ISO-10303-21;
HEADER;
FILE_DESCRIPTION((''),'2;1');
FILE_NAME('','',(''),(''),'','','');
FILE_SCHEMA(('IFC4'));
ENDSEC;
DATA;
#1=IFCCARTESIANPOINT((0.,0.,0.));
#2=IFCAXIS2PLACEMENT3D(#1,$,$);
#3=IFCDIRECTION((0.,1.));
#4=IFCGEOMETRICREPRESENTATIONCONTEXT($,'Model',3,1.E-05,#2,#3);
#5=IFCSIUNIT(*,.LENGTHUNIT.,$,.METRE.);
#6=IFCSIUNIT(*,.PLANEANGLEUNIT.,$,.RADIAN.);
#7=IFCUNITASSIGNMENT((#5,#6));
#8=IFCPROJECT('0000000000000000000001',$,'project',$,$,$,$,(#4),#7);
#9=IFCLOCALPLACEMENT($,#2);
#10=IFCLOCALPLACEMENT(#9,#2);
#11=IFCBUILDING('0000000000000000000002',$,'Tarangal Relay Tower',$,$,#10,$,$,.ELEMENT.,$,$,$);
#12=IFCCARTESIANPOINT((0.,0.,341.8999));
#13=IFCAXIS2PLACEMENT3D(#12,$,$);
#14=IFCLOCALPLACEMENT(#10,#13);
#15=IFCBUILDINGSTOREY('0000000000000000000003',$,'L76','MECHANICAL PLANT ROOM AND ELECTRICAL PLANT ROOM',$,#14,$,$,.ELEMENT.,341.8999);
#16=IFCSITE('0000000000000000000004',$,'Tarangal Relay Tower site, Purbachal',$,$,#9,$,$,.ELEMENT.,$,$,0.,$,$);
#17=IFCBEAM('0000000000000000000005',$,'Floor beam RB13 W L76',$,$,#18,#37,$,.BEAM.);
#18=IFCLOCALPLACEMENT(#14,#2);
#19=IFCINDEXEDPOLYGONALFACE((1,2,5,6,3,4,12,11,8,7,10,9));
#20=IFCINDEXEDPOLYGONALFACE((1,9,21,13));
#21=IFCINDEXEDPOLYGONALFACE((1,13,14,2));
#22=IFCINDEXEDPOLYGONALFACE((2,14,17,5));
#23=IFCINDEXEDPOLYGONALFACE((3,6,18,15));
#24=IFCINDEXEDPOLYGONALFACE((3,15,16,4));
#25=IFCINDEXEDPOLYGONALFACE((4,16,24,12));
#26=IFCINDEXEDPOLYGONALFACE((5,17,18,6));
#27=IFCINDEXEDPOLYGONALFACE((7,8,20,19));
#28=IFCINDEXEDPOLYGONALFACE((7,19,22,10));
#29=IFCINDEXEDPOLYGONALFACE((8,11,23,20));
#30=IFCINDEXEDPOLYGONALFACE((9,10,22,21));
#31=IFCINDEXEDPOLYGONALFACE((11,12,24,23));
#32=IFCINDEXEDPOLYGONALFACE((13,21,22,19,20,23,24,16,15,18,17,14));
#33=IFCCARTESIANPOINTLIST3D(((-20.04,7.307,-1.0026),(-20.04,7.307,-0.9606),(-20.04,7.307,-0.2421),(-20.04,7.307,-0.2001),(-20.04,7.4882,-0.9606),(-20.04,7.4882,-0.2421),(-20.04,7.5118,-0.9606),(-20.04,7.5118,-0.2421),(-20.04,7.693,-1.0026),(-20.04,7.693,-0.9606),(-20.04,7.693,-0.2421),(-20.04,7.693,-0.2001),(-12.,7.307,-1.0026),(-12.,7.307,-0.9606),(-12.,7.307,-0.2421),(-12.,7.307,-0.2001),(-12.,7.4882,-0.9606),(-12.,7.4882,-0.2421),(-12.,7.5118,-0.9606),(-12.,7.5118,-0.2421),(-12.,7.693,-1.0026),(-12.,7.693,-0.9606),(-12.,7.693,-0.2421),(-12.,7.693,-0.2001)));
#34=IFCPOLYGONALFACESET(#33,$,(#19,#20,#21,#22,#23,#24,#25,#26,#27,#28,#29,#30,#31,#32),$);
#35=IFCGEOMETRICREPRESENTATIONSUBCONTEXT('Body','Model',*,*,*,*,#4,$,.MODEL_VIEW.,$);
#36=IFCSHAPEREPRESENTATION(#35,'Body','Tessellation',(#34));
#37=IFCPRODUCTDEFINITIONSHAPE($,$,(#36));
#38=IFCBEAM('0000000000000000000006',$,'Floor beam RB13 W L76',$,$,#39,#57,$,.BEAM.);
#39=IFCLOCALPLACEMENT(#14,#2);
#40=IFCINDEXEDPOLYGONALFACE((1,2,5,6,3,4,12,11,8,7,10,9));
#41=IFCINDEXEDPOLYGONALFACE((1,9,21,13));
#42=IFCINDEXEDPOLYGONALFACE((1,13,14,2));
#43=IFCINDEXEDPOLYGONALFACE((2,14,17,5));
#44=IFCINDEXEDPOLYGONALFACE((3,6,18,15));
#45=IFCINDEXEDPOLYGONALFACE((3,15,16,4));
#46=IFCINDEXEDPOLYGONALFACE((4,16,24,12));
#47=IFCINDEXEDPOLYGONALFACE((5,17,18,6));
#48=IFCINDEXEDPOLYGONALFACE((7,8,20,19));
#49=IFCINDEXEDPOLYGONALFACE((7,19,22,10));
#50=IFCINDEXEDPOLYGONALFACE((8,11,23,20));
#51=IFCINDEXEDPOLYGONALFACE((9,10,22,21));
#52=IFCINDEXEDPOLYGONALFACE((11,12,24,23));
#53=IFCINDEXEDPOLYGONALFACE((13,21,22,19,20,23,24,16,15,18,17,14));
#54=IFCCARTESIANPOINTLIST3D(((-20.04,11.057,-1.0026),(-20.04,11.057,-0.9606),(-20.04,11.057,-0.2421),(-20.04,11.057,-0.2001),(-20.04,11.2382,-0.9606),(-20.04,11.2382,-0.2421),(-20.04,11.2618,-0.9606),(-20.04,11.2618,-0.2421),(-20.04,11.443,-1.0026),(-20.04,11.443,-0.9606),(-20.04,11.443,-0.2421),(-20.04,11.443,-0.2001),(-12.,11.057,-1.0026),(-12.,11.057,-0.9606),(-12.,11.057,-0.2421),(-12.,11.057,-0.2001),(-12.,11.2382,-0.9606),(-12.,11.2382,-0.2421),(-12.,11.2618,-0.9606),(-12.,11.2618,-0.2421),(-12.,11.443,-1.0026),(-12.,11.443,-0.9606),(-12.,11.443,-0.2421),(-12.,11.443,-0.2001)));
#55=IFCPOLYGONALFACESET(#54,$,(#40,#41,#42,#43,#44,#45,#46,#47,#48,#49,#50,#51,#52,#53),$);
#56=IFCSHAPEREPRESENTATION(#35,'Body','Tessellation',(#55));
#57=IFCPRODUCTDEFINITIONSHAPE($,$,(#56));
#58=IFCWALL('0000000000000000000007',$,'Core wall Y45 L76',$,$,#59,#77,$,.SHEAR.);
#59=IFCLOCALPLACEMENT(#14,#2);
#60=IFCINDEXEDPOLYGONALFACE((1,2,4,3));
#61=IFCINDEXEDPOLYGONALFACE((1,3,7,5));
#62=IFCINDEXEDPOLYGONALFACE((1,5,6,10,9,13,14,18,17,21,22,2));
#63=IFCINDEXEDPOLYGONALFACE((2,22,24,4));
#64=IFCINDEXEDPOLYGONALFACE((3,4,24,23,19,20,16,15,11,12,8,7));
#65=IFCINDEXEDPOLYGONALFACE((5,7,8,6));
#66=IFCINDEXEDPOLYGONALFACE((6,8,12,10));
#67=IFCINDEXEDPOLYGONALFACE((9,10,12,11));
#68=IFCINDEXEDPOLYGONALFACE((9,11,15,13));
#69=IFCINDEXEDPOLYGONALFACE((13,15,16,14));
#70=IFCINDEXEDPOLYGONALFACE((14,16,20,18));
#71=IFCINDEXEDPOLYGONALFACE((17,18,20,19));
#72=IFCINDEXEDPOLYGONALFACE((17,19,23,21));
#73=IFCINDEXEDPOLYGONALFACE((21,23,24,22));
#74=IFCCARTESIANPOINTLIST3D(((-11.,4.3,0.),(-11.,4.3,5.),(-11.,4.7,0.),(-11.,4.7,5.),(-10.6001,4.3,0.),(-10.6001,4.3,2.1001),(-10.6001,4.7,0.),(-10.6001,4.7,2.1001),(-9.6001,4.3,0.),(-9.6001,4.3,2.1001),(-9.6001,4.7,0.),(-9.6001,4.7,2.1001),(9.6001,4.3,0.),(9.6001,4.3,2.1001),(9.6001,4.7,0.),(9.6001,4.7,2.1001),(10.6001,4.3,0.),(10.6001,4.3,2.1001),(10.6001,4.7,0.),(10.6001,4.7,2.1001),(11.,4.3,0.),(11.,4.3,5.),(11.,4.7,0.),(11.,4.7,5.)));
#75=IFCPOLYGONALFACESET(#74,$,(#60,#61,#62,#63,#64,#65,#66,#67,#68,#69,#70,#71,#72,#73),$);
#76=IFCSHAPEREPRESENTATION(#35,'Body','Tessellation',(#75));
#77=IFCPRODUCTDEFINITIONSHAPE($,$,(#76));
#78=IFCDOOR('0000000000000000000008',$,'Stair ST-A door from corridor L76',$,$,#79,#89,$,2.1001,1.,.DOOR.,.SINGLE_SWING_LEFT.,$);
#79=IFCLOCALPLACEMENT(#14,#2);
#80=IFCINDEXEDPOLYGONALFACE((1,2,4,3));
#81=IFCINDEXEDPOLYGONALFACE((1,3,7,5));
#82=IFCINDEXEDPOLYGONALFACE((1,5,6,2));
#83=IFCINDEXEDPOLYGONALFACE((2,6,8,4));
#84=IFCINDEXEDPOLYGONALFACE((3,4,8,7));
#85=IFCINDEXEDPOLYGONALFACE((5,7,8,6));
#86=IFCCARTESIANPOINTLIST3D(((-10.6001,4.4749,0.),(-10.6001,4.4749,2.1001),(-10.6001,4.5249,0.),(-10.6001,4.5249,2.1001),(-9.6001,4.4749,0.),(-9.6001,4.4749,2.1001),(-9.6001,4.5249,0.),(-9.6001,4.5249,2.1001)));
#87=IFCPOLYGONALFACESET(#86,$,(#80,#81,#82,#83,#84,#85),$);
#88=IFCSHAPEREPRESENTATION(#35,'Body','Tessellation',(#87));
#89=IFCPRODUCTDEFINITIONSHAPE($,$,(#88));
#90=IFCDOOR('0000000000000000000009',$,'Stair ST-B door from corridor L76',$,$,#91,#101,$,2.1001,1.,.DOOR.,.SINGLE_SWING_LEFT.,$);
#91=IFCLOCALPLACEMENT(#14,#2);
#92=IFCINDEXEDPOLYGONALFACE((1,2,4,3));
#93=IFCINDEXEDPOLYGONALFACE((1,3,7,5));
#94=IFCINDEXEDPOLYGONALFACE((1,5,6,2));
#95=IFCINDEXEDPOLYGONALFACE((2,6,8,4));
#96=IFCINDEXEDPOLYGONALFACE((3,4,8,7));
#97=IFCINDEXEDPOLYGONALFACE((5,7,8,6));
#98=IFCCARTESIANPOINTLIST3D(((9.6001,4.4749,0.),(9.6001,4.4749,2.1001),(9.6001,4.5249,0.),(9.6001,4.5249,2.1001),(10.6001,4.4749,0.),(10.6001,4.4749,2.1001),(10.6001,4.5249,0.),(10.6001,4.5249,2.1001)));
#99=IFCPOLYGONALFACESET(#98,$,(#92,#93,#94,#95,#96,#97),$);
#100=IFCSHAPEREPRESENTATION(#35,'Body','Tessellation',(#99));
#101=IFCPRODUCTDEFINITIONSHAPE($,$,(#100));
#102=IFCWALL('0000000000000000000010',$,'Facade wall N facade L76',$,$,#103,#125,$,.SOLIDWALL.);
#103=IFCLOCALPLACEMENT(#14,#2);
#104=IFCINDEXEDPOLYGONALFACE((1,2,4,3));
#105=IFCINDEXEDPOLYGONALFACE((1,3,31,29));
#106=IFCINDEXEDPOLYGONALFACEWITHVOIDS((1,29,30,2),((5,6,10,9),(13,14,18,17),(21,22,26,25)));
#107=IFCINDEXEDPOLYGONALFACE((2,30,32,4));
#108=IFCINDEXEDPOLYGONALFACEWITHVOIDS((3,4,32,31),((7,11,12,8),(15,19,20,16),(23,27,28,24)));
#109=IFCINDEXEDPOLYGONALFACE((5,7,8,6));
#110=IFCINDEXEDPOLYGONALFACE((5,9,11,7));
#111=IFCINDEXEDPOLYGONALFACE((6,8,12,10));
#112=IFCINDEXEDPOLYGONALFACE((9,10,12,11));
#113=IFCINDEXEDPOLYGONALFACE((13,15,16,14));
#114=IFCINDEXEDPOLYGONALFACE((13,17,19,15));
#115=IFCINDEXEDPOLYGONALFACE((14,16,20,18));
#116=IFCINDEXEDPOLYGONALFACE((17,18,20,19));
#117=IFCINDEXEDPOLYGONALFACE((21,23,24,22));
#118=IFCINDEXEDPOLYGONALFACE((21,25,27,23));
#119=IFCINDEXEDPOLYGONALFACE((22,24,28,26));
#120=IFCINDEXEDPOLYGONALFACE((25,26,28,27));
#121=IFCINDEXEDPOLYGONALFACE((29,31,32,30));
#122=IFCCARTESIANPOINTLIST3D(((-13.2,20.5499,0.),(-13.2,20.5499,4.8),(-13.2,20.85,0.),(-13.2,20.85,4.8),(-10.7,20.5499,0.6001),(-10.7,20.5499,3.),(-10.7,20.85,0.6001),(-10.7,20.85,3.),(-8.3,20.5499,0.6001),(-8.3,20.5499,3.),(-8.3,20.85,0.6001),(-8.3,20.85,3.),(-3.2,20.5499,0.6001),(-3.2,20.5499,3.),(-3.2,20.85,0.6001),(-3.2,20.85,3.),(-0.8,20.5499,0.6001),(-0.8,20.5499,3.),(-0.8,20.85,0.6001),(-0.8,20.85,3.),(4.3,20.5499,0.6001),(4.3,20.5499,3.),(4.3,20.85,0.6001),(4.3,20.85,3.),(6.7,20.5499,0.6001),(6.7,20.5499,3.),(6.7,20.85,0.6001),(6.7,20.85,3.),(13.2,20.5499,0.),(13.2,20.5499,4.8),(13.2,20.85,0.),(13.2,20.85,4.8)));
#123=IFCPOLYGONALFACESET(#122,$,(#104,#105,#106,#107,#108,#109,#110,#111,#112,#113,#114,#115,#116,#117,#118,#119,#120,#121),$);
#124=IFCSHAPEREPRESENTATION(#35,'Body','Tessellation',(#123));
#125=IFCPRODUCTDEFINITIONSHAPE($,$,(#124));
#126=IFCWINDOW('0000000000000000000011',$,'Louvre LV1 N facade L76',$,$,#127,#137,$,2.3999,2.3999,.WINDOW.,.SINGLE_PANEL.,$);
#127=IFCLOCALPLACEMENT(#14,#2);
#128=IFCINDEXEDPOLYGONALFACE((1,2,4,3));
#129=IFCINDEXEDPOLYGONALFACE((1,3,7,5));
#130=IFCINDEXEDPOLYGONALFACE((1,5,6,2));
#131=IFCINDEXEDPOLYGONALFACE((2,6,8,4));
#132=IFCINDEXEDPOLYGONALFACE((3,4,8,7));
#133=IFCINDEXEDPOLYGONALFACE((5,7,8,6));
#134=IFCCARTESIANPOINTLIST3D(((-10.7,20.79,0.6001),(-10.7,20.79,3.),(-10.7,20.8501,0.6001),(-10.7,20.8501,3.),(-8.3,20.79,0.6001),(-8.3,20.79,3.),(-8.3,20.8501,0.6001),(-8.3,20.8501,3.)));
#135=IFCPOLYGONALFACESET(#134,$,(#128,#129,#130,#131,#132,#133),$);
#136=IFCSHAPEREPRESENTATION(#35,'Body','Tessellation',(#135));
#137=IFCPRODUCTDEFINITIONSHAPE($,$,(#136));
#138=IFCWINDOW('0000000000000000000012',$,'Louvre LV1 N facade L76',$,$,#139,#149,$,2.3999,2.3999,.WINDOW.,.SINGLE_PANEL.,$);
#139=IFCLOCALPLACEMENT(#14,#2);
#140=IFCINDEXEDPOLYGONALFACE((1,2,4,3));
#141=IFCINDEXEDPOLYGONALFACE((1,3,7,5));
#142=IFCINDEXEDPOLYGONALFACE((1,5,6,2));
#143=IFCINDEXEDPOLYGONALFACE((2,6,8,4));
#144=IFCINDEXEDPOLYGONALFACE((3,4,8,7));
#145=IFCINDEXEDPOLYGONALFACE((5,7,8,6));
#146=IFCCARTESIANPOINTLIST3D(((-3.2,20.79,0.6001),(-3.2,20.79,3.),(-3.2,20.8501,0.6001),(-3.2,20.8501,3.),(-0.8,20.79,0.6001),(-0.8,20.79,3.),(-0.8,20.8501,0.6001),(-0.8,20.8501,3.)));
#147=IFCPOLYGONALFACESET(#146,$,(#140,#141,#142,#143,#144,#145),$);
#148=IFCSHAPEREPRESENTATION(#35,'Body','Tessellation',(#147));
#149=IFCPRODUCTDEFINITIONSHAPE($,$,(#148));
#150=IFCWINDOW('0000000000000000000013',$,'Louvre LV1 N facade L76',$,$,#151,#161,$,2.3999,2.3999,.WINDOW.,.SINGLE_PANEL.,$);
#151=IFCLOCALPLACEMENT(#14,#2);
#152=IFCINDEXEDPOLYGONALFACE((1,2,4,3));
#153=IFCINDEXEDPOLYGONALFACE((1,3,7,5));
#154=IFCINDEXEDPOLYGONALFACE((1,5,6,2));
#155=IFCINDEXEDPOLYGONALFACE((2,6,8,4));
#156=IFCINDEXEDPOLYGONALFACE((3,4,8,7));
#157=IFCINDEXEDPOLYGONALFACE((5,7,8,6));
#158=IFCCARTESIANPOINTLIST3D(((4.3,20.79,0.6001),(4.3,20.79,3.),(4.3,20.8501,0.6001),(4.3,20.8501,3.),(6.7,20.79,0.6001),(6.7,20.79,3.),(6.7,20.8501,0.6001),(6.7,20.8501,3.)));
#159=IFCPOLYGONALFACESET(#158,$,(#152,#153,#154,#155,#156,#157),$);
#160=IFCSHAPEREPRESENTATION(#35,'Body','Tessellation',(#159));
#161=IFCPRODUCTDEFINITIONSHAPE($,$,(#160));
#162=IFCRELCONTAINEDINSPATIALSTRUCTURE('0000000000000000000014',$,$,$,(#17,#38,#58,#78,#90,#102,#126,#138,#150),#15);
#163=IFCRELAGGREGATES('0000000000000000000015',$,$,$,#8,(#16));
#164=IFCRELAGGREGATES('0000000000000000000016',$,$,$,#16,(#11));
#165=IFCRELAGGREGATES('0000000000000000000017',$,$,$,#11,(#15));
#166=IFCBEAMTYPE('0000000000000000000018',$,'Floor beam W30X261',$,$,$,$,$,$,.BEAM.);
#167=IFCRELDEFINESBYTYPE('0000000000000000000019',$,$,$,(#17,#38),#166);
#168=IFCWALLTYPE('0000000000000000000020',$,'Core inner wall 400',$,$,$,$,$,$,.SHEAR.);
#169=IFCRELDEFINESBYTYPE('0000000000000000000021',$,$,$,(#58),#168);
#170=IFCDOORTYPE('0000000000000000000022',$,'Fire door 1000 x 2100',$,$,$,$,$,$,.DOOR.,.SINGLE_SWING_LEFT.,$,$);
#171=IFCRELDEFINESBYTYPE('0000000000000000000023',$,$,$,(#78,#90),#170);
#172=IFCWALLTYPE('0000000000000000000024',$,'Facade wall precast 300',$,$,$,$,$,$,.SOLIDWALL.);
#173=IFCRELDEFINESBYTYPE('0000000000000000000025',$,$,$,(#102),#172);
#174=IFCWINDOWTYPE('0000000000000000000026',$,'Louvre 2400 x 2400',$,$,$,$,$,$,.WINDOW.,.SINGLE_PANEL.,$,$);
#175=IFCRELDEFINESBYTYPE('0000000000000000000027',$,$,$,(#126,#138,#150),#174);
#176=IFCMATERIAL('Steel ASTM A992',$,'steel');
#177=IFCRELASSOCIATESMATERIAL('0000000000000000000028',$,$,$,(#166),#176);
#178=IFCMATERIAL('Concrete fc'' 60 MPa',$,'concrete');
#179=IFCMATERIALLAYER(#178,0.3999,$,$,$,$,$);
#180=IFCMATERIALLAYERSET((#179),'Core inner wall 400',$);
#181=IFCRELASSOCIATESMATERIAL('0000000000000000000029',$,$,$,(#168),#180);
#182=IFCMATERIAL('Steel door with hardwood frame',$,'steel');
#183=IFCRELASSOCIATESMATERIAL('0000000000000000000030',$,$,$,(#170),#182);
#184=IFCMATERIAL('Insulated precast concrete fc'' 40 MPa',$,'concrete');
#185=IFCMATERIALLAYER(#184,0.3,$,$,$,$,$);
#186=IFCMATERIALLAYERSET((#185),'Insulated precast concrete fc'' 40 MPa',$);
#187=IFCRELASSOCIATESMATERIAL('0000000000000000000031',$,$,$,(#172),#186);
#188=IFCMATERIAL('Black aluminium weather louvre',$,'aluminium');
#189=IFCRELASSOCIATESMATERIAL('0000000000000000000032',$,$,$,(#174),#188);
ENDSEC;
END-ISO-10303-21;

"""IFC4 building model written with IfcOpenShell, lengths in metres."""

from ifc_helpers import new_model, si_unit, direction, frame, frame_2d, origin, origin_2d, place, context, subcontext, project, spatial, rectangle, i_section, extrude, material, layer, layer_set, material_profile, profile_set, type_object, element, fill, save


model = new_model("IFC4")

# Units and contexts
model_context = context("Model", 3, precision=1e-05, world=origin(), true_north=direction((0.0, 1.0)))
body_context = subcontext(model_context, "Body", "Model", "MODEL_VIEW")
ifc_project = project(units=[si_unit("LENGTHUNIT", "METRE"), si_unit("PLANEANGLEUNIT", "RADIAN")], contexts=[model_context])

# Site, building, storey
site_placement = place(None, origin())
site = spatial("IfcSite", under=ifc_project, at=site_placement, Name="Tarangal Relay Tower site, Purbachal", CompositionType="ELEMENT", RefElevation=0.0)
building_placement = place(site_placement, origin())
building = spatial("IfcBuilding", under=site, at=building_placement, Name="Tarangal Relay Tower", CompositionType="ELEMENT")
storey_placement = place(building_placement, frame((0.0, 0.0, 341.8999)))
storey = spatial("IfcBuildingStorey", under=building, at=storey_placement, Name="L76", Description="MECHANICAL PLANT ROOM AND ELECTRICAL PLANT ROOM", CompositionType="ELEMENT", Elevation=341.8999)

# Beams
ifc_material_1 = material(Name="Steel ASTM A992", Category="steel")
ifc_material_profile_1 = material_profile(ifc_material_1, i_section(OverallWidth=0.386, OverallDepth=0.8025, WebThickness=0.0237, FlangeThickness=0.042, at=origin_2d()), Name="W30X261")
ifc_profile_set_1 = profile_set([ifc_material_profile_1], Name="Steel ASTM A992")
beam_type_1 = type_object("IfcBeamType", Name="Floor beam W30X261", PredefinedType="BEAM", material=ifc_profile_set_1)
for number, where, z_axis, x_axis, name in (
    (1, (-12.0, 7.5, -0.6013), (-1.0, 0.0, 0.0), (0.0, -1.0, 0.0), "Floor beam RB13 W L76"),
    (2, (-12.0, 11.25, -0.6013), (-1.0, 0.0, 0.0), (0.0, -1.0, 0.0), "Floor beam RB13 W L76"),
):
    element("IfcBeam", number, at=place(storey_placement, frame(where, z_axis=z_axis, x_axis=x_axis)), inside=storey, type_object=beam_type_1, Name=name, PredefinedType="BEAM", context=body_context, shape_type="SweptSolid", body=[
        extrude(i_section(OverallWidth=0.386, OverallDepth=0.8025, WebThickness=0.0237, FlangeThickness=0.042, at=origin_2d()), origin(), (0.0, 0.0, 1.0), 8.04),
    ])

# Wall, openings, doors
ifc_material_2 = material(Name="Concrete fc' 60 MPa", Category="concrete")
ifc_layer_1 = layer(ifc_material_2, 0.3999)
ifc_layer_set_1 = layer_set([ifc_layer_1], Name="Core inner wall 400")
wall_type_1 = type_object("IfcWallType", Name="Core inner wall 400", PredefinedType="SHEAR", material=ifc_layer_set_1)
wall_1_placement = place(storey_placement, frame((-11.0, 4.5, 0.0), z_axis=(0.0, 0.0, 1.0), x_axis=(1.0, 0.0, 0.0)))
wall_1 = element("IfcWall", 3, at=wall_1_placement, inside=storey, type_object=wall_type_1, Name="Core wall Y45 L76", PredefinedType="SHEAR", context=body_context, shape_type="SweptSolid", body=[
    extrude(rectangle(XDim=22.0, YDim=0.3999, at=frame_2d((11.0, 0.0))), origin(), (0.0, 0.0, 1.0), 5.0),
])
opening_1_placement = place(wall_1_placement, frame((0.3999, 0.0, 0.0)))
opening_1 = element("IfcOpeningElement", 4, at=opening_1_placement, cuts=wall_1, PredefinedType="OPENING", context=body_context, shape_type="SweptSolid", body=[
    extrude(rectangle(XDim=1.0, YDim=2.1001, at=frame_2d((0.5, 1.05))), frame((0.0, 0.21, 0.0), z_axis=(0.0, -1.0, 0.0), x_axis=(1.0, 0.0, 0.0)), (0.0, 0.0, 1.0), 0.4199),
])
opening_2_placement = place(wall_1_placement, frame((20.6001, 0.0, 0.0)))
opening_2 = element("IfcOpeningElement", 5, at=opening_2_placement, cuts=wall_1, PredefinedType="OPENING", context=body_context, shape_type="SweptSolid", body=[
    extrude(rectangle(XDim=1.0, YDim=2.1001, at=frame_2d((0.5, 1.05))), frame((0.0, 0.21, 0.0), z_axis=(0.0, -1.0, 0.0), x_axis=(1.0, 0.0, 0.0)), (0.0, 0.0, 1.0), 0.4199),
])
ifc_material_3 = material(Name="Steel door with hardwood frame", Category="steel")
door_type_1 = type_object("IfcDoorType", Name="Fire door 1000 x 2100", OperationType="SINGLE_SWING_LEFT", PredefinedType="DOOR", material=ifc_material_3)
door_1_placement = place(opening_1_placement, origin())
door_1 = element("IfcDoor", 6, at=door_1_placement, inside=storey, type_object=door_type_1, Name="Stair ST-A door from corridor L76", OperationType="SINGLE_SWING_LEFT", OverallHeight=2.1001, OverallWidth=1.0, PredefinedType="DOOR", context=body_context, shape_type="SweptSolid", body=[
    extrude(rectangle(XDim=1.0, YDim=2.1001, at=frame_2d((0.5, 1.05))), frame((0.0, 0.0249, 0.0), z_axis=(0.0, -1.0, 0.0), x_axis=(1.0, 0.0, 0.0)), (0.0, 0.0, 1.0), 0.05),
])
fill(opening_1, door_1)
door_2_placement = place(opening_2_placement, origin())
door_2 = element("IfcDoor", 7, at=door_2_placement, inside=storey, type_object=door_type_1, Name="Stair ST-B door from corridor L76", OperationType="SINGLE_SWING_LEFT", OverallHeight=2.1001, OverallWidth=1.0, PredefinedType="DOOR", context=body_context, shape_type="SweptSolid", body=[
    extrude(rectangle(XDim=1.0, YDim=2.1001, at=frame_2d((0.5, 1.05))), frame((0.0, 0.0249, 0.0), z_axis=(0.0, -1.0, 0.0), x_axis=(1.0, 0.0, 0.0)), (0.0, 0.0, 1.0), 0.05),
])
fill(opening_2, door_2)

# Wall, openings, windows
ifc_material_4 = material(Name="Insulated precast concrete fc' 40 MPa", Category="concrete")
ifc_layer_2 = layer(ifc_material_4, 0.3)
ifc_layer_set_2 = layer_set([ifc_layer_2], Name="Insulated precast concrete fc' 40 MPa")
wall_type_2 = type_object("IfcWallType", Name="Facade wall precast 300", PredefinedType="SOLIDWALL", material=ifc_layer_set_2)
wall_2_placement = place(storey_placement, frame((-13.2, 20.7, 0.0), z_axis=(0.0, 0.0, 1.0), x_axis=(1.0, 0.0, 0.0)))
wall_2 = element("IfcWall", 8, at=wall_2_placement, inside=storey, type_object=wall_type_2, Name="Facade wall N facade L76", PredefinedType="SOLIDWALL", context=body_context, shape_type="SweptSolid", body=[
    extrude(rectangle(XDim=26.3999, YDim=0.3, at=frame_2d((13.2, 0.0))), origin(), (0.0, 0.0, 1.0), 4.8),
])
opening_3_placement = place(wall_2_placement, frame((2.5, 0.0, 0.6001)))
opening_3 = element("IfcOpeningElement", 9, at=opening_3_placement, cuts=wall_2, PredefinedType="OPENING", context=body_context, shape_type="SweptSolid", body=[
    extrude(rectangle(XDim=2.3999, YDim=2.3999, at=frame_2d((1.2, 1.2))), frame((0.0, 0.1599, 0.0), z_axis=(0.0, -1.0, 0.0), x_axis=(1.0, 0.0, 0.0)), (0.0, 0.0, 1.0), 0.3201),
])
opening_4_placement = place(wall_2_placement, frame((10.0, 0.0, 0.6001)))
opening_4 = element("IfcOpeningElement", 10, at=opening_4_placement, cuts=wall_2, PredefinedType="OPENING", context=body_context, shape_type="SweptSolid", body=[
    extrude(rectangle(XDim=2.3999, YDim=2.3999, at=frame_2d((1.2, 1.2))), frame((0.0, 0.1599, 0.0), z_axis=(0.0, -1.0, 0.0), x_axis=(1.0, 0.0, 0.0)), (0.0, 0.0, 1.0), 0.3201),
])
opening_5_placement = place(wall_2_placement, frame((17.5, 0.0, 0.6001)))
opening_5 = element("IfcOpeningElement", 11, at=opening_5_placement, cuts=wall_2, PredefinedType="OPENING", context=body_context, shape_type="SweptSolid", body=[
    extrude(rectangle(XDim=2.3999, YDim=2.3999, at=frame_2d((1.2, 1.2))), frame((0.0, 0.1599, 0.0), z_axis=(0.0, -1.0, 0.0), x_axis=(1.0, 0.0, 0.0)), (0.0, 0.0, 1.0), 0.3201),
])
ifc_material_5 = material(Name="Black aluminium weather louvre", Category="aluminium")
window_type = type_object("IfcWindowType", Name="Louvre 2400 x 2400", PartitioningType="SINGLE_PANEL", PredefinedType="WINDOW", material=ifc_material_5)
window_1_placement = place(opening_3_placement, origin())
window_1 = element("IfcWindow", 12, at=window_1_placement, inside=storey, type_object=window_type, Name="Louvre LV1 N facade L76", OverallHeight=2.3999, OverallWidth=2.3999, PartitioningType="SINGLE_PANEL", PredefinedType="WINDOW", context=body_context, shape_type="SweptSolid", body=[
    extrude(rectangle(XDim=2.3999, YDim=2.3999, at=frame_2d((1.2, 1.2))), frame((0.0, 0.1501, 0.0), z_axis=(0.0, -1.0, 0.0), x_axis=(1.0, 0.0, 0.0)), (0.0, 0.0, 1.0), 0.0601),
])
fill(opening_3, window_1)
window_2_placement = place(opening_4_placement, origin())
window_2 = element("IfcWindow", 13, at=window_2_placement, inside=storey, type_object=window_type, Name="Louvre LV1 N facade L76", OverallHeight=2.3999, OverallWidth=2.3999, PartitioningType="SINGLE_PANEL", PredefinedType="WINDOW", context=body_context, shape_type="SweptSolid", body=[
    extrude(rectangle(XDim=2.3999, YDim=2.3999, at=frame_2d((1.2, 1.2))), frame((0.0, 0.1501, 0.0), z_axis=(0.0, -1.0, 0.0), x_axis=(1.0, 0.0, 0.0)), (0.0, 0.0, 1.0), 0.0601),
])
fill(opening_4, window_2)
window_3_placement = place(opening_5_placement, origin())
window_3 = element("IfcWindow", 14, at=window_3_placement, inside=storey, type_object=window_type, Name="Louvre LV1 N facade L76", OverallHeight=2.3999, OverallWidth=2.3999, PartitioningType="SINGLE_PANEL", PredefinedType="WINDOW", context=body_context, shape_type="SweptSolid", body=[
    extrude(rectangle(XDim=2.3999, YDim=2.3999, at=frame_2d((1.2, 1.2))), frame((0.0, 0.1501, 0.0), z_axis=(0.0, -1.0, 0.0), x_axis=(1.0, 0.0, 0.0)), (0.0, 0.0, 1.0), 0.0601),
])
fill(opening_5, window_3)

save(model, "model.ifc")
